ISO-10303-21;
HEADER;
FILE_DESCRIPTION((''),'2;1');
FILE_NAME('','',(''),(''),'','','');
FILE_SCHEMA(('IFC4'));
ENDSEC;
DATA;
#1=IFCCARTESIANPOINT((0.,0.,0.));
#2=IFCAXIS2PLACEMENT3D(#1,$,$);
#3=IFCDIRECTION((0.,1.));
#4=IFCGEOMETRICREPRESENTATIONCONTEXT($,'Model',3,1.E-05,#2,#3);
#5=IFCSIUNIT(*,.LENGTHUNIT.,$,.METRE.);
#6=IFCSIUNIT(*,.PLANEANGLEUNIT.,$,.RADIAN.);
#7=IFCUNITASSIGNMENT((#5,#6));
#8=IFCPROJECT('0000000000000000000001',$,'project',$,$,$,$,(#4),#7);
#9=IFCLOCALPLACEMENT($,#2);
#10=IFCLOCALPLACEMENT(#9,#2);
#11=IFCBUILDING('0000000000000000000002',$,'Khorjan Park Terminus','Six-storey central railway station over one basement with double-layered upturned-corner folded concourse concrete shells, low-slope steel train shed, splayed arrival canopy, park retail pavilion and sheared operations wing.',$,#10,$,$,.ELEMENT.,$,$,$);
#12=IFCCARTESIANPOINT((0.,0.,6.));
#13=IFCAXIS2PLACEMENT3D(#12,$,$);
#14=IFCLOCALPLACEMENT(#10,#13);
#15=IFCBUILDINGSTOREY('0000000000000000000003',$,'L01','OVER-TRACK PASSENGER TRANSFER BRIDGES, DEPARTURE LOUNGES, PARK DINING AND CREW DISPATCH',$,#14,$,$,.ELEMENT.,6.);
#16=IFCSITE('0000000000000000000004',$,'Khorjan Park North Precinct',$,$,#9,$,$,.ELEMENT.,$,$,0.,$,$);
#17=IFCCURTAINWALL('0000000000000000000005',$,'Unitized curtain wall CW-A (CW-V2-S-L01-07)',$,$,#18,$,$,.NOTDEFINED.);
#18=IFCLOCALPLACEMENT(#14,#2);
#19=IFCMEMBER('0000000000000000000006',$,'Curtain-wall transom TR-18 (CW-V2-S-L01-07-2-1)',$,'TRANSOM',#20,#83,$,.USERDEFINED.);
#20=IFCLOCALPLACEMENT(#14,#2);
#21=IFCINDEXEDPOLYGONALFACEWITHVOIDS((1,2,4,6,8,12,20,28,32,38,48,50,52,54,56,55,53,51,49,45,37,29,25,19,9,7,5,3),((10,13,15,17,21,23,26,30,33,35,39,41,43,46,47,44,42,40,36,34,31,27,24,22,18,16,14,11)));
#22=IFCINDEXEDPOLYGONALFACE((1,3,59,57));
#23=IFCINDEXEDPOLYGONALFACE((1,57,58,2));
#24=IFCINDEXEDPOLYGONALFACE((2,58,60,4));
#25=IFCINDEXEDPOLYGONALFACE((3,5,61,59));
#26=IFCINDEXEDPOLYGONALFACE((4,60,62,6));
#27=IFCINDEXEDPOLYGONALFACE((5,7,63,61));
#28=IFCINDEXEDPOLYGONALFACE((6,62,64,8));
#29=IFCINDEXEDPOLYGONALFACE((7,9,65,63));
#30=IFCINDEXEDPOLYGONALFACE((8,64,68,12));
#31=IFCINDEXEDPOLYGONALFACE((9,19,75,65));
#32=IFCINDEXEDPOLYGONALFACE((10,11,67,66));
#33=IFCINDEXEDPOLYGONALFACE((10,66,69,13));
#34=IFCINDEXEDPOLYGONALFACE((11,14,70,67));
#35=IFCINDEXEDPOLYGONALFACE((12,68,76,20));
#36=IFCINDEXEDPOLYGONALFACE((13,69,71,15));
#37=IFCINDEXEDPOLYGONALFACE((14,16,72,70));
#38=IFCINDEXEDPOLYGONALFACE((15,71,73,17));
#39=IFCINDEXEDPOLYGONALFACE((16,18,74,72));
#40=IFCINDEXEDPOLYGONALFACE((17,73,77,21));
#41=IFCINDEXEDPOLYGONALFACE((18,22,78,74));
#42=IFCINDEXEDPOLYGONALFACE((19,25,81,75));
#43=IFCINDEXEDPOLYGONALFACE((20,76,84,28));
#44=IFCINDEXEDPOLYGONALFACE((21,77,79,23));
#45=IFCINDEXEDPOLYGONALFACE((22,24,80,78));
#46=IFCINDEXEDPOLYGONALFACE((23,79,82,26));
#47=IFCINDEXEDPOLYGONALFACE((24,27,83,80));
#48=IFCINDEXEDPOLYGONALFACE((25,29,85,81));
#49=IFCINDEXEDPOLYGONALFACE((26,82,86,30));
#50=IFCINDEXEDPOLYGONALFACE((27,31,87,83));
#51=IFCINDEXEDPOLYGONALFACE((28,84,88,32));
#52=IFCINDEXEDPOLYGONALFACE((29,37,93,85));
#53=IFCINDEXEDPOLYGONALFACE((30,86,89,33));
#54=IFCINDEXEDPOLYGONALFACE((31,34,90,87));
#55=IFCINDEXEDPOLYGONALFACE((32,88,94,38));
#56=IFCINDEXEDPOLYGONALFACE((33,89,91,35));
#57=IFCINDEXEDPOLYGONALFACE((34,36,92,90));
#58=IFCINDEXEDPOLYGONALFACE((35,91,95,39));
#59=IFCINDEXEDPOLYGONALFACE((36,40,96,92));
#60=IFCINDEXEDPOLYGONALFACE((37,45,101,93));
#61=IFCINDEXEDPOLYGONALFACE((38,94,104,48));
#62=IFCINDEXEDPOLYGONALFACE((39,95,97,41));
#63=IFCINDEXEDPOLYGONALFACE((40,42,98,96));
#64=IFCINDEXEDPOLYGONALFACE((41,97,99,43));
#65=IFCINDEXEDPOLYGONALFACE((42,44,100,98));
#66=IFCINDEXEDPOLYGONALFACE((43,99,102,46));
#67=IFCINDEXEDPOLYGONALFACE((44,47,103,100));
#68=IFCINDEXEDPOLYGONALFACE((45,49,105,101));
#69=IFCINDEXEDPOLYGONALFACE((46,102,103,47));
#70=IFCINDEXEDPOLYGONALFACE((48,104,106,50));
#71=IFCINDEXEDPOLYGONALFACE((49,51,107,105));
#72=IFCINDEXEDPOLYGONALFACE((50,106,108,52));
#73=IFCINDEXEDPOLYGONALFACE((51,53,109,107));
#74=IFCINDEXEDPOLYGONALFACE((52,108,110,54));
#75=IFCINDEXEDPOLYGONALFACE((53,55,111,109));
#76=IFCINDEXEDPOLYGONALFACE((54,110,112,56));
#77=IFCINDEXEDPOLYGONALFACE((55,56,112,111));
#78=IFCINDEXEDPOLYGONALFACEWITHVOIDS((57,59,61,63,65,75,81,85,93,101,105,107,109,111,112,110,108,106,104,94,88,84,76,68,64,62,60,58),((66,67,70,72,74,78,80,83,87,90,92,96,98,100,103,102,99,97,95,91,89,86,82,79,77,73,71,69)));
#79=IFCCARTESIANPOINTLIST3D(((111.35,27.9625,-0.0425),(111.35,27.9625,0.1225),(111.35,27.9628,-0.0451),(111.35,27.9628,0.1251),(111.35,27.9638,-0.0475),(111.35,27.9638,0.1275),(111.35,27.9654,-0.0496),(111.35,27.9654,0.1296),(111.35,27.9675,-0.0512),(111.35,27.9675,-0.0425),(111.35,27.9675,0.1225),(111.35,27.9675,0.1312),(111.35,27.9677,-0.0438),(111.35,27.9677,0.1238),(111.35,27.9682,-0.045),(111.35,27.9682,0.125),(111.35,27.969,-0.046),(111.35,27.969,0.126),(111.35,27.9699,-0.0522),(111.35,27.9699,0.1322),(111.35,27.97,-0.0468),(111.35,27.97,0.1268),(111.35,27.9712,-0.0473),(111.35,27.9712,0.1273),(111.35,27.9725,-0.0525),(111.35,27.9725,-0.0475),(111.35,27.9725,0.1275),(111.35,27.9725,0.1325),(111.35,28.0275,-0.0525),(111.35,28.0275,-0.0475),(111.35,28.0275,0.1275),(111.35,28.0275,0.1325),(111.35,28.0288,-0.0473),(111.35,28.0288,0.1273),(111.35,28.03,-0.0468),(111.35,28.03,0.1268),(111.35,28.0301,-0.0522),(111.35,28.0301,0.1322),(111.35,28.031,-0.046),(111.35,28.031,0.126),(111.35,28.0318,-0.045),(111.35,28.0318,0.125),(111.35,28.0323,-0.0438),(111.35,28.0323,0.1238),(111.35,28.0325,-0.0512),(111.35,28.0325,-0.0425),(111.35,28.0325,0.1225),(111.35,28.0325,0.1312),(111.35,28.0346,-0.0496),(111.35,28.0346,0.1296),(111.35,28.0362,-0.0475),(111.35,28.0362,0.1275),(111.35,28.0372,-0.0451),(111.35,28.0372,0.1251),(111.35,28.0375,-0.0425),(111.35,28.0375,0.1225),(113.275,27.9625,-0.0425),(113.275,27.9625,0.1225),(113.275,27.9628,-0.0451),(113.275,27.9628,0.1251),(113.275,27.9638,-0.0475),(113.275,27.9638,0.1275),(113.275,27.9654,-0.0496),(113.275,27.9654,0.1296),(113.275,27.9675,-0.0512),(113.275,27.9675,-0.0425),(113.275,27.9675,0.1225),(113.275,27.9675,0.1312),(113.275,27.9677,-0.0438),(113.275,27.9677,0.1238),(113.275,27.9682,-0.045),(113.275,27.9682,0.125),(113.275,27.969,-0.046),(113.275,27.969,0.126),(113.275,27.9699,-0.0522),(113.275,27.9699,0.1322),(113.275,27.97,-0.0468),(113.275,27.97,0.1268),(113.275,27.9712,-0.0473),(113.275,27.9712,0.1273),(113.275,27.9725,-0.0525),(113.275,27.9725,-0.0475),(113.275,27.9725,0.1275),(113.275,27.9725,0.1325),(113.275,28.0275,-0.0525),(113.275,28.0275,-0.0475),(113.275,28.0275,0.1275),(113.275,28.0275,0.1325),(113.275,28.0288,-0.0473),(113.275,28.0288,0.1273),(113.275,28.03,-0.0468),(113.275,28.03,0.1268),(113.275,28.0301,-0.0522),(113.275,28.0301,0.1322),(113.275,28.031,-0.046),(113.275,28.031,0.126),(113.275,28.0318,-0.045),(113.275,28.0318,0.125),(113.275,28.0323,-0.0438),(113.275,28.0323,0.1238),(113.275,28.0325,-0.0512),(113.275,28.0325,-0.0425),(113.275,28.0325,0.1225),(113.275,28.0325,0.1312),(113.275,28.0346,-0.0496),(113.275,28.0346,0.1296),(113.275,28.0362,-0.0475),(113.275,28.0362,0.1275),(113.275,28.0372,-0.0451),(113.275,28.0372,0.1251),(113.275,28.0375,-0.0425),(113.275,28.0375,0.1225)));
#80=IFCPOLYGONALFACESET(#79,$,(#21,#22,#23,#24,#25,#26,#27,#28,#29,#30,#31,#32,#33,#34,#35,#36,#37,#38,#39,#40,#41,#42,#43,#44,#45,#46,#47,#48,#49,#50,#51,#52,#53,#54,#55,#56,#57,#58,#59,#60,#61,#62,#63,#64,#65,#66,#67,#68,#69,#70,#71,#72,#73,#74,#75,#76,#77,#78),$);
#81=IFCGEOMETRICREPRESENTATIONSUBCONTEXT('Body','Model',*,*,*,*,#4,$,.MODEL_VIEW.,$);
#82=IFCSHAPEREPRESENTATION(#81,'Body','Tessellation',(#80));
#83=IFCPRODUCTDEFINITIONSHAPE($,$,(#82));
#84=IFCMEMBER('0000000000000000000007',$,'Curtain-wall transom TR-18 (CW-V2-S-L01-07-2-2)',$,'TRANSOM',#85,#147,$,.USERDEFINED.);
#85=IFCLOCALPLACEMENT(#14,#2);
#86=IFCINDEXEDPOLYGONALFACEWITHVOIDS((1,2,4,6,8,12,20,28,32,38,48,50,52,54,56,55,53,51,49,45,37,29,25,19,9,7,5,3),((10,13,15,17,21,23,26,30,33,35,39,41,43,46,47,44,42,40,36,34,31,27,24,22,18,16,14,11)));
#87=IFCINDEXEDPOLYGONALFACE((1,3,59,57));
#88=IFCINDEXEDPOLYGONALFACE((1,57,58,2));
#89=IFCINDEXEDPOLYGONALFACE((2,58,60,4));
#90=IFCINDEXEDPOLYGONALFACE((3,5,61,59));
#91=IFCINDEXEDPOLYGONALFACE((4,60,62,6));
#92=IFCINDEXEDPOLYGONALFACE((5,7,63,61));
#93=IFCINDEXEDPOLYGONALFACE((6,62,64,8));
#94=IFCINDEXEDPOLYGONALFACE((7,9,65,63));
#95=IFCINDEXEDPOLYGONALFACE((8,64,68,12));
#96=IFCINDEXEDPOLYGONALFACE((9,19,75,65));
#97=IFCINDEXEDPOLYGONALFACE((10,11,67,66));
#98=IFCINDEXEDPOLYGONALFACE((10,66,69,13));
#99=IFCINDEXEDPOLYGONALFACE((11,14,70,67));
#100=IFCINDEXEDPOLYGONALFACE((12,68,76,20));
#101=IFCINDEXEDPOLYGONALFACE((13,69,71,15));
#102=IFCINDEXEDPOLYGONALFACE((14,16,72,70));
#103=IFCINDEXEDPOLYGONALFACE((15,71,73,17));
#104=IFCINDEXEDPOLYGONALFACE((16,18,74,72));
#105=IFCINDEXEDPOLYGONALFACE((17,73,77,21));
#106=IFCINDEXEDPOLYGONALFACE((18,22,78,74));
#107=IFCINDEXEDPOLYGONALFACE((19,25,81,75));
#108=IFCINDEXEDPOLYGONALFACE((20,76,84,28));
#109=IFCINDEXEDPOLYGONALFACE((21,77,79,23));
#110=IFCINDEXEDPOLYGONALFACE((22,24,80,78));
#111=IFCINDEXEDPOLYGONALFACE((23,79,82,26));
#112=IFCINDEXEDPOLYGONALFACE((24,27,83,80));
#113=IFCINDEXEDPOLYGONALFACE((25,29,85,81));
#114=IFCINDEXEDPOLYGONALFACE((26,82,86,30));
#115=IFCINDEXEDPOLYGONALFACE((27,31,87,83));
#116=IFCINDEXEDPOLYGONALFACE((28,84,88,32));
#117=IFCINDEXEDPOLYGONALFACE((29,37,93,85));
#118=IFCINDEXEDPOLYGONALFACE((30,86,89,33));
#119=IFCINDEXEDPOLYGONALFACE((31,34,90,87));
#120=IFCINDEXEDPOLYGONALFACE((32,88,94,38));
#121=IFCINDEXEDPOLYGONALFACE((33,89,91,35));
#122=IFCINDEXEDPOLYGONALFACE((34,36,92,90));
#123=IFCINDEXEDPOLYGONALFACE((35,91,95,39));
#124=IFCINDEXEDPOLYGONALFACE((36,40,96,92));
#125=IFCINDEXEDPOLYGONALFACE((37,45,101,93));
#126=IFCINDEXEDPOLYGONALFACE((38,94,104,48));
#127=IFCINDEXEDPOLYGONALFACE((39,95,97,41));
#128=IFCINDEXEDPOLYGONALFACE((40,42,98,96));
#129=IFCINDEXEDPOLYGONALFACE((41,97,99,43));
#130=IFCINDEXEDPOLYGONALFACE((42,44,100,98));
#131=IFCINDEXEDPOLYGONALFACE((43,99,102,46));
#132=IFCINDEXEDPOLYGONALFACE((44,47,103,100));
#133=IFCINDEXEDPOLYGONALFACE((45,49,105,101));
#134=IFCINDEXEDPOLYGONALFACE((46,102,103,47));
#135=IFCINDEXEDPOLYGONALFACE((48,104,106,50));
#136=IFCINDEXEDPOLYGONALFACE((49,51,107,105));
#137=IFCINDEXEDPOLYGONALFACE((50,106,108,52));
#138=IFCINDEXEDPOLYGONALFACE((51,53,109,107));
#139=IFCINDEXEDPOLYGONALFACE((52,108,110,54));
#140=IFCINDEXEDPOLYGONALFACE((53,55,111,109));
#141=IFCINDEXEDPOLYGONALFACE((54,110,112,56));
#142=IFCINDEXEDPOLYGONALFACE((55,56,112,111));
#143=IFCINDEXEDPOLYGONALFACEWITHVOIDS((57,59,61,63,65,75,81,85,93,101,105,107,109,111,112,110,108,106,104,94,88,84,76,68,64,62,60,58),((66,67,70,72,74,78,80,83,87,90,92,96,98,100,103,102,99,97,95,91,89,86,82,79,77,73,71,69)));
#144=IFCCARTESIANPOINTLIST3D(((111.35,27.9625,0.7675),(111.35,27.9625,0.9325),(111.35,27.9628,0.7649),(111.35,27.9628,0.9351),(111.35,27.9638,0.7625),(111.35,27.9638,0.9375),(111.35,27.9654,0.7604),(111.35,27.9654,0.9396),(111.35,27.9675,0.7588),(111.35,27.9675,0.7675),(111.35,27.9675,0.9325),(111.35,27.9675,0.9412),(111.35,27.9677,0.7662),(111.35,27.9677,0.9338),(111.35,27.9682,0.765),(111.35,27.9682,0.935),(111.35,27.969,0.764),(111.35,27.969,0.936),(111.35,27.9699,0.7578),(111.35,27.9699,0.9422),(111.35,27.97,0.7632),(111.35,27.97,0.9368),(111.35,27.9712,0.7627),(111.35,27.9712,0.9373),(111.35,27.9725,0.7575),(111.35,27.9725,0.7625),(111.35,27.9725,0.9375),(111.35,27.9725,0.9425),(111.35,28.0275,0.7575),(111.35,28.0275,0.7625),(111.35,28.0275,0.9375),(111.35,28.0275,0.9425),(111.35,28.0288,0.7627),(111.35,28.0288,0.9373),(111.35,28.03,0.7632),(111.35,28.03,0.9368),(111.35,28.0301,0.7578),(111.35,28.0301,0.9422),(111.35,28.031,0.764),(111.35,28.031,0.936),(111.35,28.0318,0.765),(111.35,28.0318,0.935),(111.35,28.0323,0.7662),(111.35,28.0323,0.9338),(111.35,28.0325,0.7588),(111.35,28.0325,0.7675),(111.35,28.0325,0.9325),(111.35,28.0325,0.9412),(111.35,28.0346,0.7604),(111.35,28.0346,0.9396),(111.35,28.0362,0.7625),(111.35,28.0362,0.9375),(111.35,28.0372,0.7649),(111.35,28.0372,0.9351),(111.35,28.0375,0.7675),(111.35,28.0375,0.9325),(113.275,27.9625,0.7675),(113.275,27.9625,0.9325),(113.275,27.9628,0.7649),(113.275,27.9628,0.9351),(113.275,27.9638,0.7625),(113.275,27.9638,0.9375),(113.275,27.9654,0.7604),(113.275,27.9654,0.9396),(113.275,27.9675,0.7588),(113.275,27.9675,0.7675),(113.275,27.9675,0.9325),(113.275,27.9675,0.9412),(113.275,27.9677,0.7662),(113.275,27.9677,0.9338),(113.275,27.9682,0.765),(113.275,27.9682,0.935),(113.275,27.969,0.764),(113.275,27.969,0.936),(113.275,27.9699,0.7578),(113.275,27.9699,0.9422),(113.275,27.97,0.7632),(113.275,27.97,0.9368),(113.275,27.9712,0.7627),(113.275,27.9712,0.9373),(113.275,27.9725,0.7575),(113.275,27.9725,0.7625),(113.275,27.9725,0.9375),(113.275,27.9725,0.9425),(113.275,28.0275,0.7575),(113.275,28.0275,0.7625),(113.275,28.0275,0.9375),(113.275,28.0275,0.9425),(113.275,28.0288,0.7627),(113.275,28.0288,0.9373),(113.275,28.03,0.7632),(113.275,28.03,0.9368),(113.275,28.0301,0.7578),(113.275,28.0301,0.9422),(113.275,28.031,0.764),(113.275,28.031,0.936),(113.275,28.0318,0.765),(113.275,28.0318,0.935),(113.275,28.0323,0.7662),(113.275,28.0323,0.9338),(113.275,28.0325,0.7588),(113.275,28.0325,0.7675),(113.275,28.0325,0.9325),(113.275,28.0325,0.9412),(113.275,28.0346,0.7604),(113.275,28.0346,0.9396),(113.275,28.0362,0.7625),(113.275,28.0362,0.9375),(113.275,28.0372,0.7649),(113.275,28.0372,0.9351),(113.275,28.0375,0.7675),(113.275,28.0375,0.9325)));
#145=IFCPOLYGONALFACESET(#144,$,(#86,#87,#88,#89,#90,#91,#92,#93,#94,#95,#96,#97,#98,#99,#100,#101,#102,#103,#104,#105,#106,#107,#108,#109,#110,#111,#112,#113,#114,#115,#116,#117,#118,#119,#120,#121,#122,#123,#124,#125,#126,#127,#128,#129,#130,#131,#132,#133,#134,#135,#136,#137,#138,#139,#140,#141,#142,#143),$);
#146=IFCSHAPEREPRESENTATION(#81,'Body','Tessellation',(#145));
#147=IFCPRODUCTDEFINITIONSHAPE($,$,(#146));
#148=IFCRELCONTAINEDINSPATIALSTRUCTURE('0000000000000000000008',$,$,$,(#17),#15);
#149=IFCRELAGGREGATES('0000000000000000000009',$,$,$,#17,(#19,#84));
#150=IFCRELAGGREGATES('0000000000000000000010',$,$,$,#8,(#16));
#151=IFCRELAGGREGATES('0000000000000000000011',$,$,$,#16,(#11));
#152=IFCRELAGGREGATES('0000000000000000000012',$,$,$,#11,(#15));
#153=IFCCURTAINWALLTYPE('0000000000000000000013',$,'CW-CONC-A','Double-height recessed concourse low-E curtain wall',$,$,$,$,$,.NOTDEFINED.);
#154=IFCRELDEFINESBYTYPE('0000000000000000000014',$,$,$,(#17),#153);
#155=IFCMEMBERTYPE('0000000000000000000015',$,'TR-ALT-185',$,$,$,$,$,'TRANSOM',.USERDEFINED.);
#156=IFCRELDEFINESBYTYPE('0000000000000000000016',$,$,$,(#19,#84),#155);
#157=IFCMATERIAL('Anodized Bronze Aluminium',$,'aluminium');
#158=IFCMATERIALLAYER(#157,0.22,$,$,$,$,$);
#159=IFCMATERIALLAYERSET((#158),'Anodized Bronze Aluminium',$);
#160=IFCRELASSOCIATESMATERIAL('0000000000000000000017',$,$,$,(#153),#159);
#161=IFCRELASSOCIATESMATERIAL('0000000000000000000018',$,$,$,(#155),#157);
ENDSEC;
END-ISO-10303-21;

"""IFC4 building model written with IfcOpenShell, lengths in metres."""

from ifc_helpers import new_model, si_unit, direction, frame, origin, origin_2d, place, context, subcontext, project, spatial, hollow_rectangle, extrude, material, layer, layer_set, material_profile, profile_set, type_object, element, aggregate, save


model = new_model("IFC4")

# Units and contexts
model_context = context("Model", 3, precision=1e-05, world=origin(), true_north=direction((0.0, 1.0)))
body_context = subcontext(model_context, "Body", "Model", "MODEL_VIEW")
ifc_project = project(units=[si_unit("LENGTHUNIT", "METRE"), si_unit("PLANEANGLEUNIT", "RADIAN")], contexts=[model_context])

# Site, building, storey
site_placement = place(None, origin())
site = spatial("IfcSite", under=ifc_project, at=site_placement, Name="Khorjan Park North Precinct", CompositionType="ELEMENT", RefElevation=0.0)
building_placement = place(site_placement, origin())
building = spatial("IfcBuilding", under=site, at=building_placement, Name="Khorjan Park Terminus", Description="Six-storey central railway station over one basement with double-layered upturned-corner folded concourse concrete shells, low-slope steel train shed, splayed arrival canopy, park retail pavilion and sheared operations wing.", CompositionType="ELEMENT")
storey_placement = place(building_placement, frame((0.0, 0.0, 6.0)))
storey = spatial("IfcBuildingStorey", under=building, at=storey_placement, Name="L01", Description="OVER-TRACK PASSENGER TRANSFER BRIDGES, DEPARTURE LOUNGES, PARK DINING AND CREW DISPATCH", CompositionType="ELEMENT", Elevation=6.0)

# Curtain wall, members
ifc_material_1 = material(Name="Anodized Bronze Aluminium", Category="aluminium")
ifc_layer_1 = layer(ifc_material_1, 0.22)
ifc_layer_set_1 = layer_set([ifc_layer_1], Name="Anodized Bronze Aluminium")
curtain_wall_type = type_object("IfcCurtainWallType", Name="CW-CONC-A", Description="Double-height recessed concourse low-E curtain wall", PredefinedType="NOTDEFINED", material=ifc_layer_set_1)
curtain_wall_placement = place(storey_placement, origin())
curtain_wall = element("IfcCurtainWall", 1, at=curtain_wall_placement, inside=storey, type_object=curtain_wall_type, Name="Unitized curtain wall CW-A (CW-V2-S-L01-07)", PredefinedType="NOTDEFINED")
ifc_material_profile_1 = material_profile(ifc_material_1, hollow_rectangle(XDim=0.075, YDim=0.185, WallThickness=0.005, InnerFilletRadius=0.005, OuterFilletRadius=0.01, at=origin_2d()), Name="ALT 75x185x5")
ifc_profile_set_1 = profile_set([ifc_material_profile_1], Name="Anodized Bronze Aluminium")
member_type_1 = type_object("IfcMemberType", Name="TR-ALT-185", ElementType="TRANSOM", PredefinedType="USERDEFINED", material=ifc_profile_set_1)
member_1_placement = place(storey_placement, frame((111.35, 28.0, 0.04), z_axis=(1.0, 0.0, 0.0), x_axis=(0.0, 1.0, 0.0)))
member_1 = element("IfcMember", 2, at=member_1_placement, type_object=member_type_1, Name="Curtain-wall transom TR-18 (CW-V2-S-L01-07-2-1)", ObjectType="TRANSOM", PredefinedType="USERDEFINED", context=body_context, shape_type="SweptSolid", body=[
    extrude(hollow_rectangle(XDim=0.075, YDim=0.185, WallThickness=0.005, InnerFilletRadius=0.005, OuterFilletRadius=0.01, at=origin_2d()), origin(), (0.0, 0.0, 1.0), 1.925),
])
member_2_placement = place(storey_placement, frame((111.35, 28.0, 0.85), z_axis=(1.0, 0.0, 0.0), x_axis=(0.0, 1.0, 0.0)))
member_2 = element("IfcMember", 3, at=member_2_placement, type_object=member_type_1, Name="Curtain-wall transom TR-18 (CW-V2-S-L01-07-2-2)", ObjectType="TRANSOM", PredefinedType="USERDEFINED", context=body_context, shape_type="SweptSolid", body=[
    extrude(hollow_rectangle(XDim=0.075, YDim=0.185, WallThickness=0.005, InnerFilletRadius=0.005, OuterFilletRadius=0.01, at=origin_2d()), origin(), (0.0, 0.0, 1.0), 1.925),
])
aggregate(curtain_wall, [member_1, member_2])

save(model, "model.ifc")
